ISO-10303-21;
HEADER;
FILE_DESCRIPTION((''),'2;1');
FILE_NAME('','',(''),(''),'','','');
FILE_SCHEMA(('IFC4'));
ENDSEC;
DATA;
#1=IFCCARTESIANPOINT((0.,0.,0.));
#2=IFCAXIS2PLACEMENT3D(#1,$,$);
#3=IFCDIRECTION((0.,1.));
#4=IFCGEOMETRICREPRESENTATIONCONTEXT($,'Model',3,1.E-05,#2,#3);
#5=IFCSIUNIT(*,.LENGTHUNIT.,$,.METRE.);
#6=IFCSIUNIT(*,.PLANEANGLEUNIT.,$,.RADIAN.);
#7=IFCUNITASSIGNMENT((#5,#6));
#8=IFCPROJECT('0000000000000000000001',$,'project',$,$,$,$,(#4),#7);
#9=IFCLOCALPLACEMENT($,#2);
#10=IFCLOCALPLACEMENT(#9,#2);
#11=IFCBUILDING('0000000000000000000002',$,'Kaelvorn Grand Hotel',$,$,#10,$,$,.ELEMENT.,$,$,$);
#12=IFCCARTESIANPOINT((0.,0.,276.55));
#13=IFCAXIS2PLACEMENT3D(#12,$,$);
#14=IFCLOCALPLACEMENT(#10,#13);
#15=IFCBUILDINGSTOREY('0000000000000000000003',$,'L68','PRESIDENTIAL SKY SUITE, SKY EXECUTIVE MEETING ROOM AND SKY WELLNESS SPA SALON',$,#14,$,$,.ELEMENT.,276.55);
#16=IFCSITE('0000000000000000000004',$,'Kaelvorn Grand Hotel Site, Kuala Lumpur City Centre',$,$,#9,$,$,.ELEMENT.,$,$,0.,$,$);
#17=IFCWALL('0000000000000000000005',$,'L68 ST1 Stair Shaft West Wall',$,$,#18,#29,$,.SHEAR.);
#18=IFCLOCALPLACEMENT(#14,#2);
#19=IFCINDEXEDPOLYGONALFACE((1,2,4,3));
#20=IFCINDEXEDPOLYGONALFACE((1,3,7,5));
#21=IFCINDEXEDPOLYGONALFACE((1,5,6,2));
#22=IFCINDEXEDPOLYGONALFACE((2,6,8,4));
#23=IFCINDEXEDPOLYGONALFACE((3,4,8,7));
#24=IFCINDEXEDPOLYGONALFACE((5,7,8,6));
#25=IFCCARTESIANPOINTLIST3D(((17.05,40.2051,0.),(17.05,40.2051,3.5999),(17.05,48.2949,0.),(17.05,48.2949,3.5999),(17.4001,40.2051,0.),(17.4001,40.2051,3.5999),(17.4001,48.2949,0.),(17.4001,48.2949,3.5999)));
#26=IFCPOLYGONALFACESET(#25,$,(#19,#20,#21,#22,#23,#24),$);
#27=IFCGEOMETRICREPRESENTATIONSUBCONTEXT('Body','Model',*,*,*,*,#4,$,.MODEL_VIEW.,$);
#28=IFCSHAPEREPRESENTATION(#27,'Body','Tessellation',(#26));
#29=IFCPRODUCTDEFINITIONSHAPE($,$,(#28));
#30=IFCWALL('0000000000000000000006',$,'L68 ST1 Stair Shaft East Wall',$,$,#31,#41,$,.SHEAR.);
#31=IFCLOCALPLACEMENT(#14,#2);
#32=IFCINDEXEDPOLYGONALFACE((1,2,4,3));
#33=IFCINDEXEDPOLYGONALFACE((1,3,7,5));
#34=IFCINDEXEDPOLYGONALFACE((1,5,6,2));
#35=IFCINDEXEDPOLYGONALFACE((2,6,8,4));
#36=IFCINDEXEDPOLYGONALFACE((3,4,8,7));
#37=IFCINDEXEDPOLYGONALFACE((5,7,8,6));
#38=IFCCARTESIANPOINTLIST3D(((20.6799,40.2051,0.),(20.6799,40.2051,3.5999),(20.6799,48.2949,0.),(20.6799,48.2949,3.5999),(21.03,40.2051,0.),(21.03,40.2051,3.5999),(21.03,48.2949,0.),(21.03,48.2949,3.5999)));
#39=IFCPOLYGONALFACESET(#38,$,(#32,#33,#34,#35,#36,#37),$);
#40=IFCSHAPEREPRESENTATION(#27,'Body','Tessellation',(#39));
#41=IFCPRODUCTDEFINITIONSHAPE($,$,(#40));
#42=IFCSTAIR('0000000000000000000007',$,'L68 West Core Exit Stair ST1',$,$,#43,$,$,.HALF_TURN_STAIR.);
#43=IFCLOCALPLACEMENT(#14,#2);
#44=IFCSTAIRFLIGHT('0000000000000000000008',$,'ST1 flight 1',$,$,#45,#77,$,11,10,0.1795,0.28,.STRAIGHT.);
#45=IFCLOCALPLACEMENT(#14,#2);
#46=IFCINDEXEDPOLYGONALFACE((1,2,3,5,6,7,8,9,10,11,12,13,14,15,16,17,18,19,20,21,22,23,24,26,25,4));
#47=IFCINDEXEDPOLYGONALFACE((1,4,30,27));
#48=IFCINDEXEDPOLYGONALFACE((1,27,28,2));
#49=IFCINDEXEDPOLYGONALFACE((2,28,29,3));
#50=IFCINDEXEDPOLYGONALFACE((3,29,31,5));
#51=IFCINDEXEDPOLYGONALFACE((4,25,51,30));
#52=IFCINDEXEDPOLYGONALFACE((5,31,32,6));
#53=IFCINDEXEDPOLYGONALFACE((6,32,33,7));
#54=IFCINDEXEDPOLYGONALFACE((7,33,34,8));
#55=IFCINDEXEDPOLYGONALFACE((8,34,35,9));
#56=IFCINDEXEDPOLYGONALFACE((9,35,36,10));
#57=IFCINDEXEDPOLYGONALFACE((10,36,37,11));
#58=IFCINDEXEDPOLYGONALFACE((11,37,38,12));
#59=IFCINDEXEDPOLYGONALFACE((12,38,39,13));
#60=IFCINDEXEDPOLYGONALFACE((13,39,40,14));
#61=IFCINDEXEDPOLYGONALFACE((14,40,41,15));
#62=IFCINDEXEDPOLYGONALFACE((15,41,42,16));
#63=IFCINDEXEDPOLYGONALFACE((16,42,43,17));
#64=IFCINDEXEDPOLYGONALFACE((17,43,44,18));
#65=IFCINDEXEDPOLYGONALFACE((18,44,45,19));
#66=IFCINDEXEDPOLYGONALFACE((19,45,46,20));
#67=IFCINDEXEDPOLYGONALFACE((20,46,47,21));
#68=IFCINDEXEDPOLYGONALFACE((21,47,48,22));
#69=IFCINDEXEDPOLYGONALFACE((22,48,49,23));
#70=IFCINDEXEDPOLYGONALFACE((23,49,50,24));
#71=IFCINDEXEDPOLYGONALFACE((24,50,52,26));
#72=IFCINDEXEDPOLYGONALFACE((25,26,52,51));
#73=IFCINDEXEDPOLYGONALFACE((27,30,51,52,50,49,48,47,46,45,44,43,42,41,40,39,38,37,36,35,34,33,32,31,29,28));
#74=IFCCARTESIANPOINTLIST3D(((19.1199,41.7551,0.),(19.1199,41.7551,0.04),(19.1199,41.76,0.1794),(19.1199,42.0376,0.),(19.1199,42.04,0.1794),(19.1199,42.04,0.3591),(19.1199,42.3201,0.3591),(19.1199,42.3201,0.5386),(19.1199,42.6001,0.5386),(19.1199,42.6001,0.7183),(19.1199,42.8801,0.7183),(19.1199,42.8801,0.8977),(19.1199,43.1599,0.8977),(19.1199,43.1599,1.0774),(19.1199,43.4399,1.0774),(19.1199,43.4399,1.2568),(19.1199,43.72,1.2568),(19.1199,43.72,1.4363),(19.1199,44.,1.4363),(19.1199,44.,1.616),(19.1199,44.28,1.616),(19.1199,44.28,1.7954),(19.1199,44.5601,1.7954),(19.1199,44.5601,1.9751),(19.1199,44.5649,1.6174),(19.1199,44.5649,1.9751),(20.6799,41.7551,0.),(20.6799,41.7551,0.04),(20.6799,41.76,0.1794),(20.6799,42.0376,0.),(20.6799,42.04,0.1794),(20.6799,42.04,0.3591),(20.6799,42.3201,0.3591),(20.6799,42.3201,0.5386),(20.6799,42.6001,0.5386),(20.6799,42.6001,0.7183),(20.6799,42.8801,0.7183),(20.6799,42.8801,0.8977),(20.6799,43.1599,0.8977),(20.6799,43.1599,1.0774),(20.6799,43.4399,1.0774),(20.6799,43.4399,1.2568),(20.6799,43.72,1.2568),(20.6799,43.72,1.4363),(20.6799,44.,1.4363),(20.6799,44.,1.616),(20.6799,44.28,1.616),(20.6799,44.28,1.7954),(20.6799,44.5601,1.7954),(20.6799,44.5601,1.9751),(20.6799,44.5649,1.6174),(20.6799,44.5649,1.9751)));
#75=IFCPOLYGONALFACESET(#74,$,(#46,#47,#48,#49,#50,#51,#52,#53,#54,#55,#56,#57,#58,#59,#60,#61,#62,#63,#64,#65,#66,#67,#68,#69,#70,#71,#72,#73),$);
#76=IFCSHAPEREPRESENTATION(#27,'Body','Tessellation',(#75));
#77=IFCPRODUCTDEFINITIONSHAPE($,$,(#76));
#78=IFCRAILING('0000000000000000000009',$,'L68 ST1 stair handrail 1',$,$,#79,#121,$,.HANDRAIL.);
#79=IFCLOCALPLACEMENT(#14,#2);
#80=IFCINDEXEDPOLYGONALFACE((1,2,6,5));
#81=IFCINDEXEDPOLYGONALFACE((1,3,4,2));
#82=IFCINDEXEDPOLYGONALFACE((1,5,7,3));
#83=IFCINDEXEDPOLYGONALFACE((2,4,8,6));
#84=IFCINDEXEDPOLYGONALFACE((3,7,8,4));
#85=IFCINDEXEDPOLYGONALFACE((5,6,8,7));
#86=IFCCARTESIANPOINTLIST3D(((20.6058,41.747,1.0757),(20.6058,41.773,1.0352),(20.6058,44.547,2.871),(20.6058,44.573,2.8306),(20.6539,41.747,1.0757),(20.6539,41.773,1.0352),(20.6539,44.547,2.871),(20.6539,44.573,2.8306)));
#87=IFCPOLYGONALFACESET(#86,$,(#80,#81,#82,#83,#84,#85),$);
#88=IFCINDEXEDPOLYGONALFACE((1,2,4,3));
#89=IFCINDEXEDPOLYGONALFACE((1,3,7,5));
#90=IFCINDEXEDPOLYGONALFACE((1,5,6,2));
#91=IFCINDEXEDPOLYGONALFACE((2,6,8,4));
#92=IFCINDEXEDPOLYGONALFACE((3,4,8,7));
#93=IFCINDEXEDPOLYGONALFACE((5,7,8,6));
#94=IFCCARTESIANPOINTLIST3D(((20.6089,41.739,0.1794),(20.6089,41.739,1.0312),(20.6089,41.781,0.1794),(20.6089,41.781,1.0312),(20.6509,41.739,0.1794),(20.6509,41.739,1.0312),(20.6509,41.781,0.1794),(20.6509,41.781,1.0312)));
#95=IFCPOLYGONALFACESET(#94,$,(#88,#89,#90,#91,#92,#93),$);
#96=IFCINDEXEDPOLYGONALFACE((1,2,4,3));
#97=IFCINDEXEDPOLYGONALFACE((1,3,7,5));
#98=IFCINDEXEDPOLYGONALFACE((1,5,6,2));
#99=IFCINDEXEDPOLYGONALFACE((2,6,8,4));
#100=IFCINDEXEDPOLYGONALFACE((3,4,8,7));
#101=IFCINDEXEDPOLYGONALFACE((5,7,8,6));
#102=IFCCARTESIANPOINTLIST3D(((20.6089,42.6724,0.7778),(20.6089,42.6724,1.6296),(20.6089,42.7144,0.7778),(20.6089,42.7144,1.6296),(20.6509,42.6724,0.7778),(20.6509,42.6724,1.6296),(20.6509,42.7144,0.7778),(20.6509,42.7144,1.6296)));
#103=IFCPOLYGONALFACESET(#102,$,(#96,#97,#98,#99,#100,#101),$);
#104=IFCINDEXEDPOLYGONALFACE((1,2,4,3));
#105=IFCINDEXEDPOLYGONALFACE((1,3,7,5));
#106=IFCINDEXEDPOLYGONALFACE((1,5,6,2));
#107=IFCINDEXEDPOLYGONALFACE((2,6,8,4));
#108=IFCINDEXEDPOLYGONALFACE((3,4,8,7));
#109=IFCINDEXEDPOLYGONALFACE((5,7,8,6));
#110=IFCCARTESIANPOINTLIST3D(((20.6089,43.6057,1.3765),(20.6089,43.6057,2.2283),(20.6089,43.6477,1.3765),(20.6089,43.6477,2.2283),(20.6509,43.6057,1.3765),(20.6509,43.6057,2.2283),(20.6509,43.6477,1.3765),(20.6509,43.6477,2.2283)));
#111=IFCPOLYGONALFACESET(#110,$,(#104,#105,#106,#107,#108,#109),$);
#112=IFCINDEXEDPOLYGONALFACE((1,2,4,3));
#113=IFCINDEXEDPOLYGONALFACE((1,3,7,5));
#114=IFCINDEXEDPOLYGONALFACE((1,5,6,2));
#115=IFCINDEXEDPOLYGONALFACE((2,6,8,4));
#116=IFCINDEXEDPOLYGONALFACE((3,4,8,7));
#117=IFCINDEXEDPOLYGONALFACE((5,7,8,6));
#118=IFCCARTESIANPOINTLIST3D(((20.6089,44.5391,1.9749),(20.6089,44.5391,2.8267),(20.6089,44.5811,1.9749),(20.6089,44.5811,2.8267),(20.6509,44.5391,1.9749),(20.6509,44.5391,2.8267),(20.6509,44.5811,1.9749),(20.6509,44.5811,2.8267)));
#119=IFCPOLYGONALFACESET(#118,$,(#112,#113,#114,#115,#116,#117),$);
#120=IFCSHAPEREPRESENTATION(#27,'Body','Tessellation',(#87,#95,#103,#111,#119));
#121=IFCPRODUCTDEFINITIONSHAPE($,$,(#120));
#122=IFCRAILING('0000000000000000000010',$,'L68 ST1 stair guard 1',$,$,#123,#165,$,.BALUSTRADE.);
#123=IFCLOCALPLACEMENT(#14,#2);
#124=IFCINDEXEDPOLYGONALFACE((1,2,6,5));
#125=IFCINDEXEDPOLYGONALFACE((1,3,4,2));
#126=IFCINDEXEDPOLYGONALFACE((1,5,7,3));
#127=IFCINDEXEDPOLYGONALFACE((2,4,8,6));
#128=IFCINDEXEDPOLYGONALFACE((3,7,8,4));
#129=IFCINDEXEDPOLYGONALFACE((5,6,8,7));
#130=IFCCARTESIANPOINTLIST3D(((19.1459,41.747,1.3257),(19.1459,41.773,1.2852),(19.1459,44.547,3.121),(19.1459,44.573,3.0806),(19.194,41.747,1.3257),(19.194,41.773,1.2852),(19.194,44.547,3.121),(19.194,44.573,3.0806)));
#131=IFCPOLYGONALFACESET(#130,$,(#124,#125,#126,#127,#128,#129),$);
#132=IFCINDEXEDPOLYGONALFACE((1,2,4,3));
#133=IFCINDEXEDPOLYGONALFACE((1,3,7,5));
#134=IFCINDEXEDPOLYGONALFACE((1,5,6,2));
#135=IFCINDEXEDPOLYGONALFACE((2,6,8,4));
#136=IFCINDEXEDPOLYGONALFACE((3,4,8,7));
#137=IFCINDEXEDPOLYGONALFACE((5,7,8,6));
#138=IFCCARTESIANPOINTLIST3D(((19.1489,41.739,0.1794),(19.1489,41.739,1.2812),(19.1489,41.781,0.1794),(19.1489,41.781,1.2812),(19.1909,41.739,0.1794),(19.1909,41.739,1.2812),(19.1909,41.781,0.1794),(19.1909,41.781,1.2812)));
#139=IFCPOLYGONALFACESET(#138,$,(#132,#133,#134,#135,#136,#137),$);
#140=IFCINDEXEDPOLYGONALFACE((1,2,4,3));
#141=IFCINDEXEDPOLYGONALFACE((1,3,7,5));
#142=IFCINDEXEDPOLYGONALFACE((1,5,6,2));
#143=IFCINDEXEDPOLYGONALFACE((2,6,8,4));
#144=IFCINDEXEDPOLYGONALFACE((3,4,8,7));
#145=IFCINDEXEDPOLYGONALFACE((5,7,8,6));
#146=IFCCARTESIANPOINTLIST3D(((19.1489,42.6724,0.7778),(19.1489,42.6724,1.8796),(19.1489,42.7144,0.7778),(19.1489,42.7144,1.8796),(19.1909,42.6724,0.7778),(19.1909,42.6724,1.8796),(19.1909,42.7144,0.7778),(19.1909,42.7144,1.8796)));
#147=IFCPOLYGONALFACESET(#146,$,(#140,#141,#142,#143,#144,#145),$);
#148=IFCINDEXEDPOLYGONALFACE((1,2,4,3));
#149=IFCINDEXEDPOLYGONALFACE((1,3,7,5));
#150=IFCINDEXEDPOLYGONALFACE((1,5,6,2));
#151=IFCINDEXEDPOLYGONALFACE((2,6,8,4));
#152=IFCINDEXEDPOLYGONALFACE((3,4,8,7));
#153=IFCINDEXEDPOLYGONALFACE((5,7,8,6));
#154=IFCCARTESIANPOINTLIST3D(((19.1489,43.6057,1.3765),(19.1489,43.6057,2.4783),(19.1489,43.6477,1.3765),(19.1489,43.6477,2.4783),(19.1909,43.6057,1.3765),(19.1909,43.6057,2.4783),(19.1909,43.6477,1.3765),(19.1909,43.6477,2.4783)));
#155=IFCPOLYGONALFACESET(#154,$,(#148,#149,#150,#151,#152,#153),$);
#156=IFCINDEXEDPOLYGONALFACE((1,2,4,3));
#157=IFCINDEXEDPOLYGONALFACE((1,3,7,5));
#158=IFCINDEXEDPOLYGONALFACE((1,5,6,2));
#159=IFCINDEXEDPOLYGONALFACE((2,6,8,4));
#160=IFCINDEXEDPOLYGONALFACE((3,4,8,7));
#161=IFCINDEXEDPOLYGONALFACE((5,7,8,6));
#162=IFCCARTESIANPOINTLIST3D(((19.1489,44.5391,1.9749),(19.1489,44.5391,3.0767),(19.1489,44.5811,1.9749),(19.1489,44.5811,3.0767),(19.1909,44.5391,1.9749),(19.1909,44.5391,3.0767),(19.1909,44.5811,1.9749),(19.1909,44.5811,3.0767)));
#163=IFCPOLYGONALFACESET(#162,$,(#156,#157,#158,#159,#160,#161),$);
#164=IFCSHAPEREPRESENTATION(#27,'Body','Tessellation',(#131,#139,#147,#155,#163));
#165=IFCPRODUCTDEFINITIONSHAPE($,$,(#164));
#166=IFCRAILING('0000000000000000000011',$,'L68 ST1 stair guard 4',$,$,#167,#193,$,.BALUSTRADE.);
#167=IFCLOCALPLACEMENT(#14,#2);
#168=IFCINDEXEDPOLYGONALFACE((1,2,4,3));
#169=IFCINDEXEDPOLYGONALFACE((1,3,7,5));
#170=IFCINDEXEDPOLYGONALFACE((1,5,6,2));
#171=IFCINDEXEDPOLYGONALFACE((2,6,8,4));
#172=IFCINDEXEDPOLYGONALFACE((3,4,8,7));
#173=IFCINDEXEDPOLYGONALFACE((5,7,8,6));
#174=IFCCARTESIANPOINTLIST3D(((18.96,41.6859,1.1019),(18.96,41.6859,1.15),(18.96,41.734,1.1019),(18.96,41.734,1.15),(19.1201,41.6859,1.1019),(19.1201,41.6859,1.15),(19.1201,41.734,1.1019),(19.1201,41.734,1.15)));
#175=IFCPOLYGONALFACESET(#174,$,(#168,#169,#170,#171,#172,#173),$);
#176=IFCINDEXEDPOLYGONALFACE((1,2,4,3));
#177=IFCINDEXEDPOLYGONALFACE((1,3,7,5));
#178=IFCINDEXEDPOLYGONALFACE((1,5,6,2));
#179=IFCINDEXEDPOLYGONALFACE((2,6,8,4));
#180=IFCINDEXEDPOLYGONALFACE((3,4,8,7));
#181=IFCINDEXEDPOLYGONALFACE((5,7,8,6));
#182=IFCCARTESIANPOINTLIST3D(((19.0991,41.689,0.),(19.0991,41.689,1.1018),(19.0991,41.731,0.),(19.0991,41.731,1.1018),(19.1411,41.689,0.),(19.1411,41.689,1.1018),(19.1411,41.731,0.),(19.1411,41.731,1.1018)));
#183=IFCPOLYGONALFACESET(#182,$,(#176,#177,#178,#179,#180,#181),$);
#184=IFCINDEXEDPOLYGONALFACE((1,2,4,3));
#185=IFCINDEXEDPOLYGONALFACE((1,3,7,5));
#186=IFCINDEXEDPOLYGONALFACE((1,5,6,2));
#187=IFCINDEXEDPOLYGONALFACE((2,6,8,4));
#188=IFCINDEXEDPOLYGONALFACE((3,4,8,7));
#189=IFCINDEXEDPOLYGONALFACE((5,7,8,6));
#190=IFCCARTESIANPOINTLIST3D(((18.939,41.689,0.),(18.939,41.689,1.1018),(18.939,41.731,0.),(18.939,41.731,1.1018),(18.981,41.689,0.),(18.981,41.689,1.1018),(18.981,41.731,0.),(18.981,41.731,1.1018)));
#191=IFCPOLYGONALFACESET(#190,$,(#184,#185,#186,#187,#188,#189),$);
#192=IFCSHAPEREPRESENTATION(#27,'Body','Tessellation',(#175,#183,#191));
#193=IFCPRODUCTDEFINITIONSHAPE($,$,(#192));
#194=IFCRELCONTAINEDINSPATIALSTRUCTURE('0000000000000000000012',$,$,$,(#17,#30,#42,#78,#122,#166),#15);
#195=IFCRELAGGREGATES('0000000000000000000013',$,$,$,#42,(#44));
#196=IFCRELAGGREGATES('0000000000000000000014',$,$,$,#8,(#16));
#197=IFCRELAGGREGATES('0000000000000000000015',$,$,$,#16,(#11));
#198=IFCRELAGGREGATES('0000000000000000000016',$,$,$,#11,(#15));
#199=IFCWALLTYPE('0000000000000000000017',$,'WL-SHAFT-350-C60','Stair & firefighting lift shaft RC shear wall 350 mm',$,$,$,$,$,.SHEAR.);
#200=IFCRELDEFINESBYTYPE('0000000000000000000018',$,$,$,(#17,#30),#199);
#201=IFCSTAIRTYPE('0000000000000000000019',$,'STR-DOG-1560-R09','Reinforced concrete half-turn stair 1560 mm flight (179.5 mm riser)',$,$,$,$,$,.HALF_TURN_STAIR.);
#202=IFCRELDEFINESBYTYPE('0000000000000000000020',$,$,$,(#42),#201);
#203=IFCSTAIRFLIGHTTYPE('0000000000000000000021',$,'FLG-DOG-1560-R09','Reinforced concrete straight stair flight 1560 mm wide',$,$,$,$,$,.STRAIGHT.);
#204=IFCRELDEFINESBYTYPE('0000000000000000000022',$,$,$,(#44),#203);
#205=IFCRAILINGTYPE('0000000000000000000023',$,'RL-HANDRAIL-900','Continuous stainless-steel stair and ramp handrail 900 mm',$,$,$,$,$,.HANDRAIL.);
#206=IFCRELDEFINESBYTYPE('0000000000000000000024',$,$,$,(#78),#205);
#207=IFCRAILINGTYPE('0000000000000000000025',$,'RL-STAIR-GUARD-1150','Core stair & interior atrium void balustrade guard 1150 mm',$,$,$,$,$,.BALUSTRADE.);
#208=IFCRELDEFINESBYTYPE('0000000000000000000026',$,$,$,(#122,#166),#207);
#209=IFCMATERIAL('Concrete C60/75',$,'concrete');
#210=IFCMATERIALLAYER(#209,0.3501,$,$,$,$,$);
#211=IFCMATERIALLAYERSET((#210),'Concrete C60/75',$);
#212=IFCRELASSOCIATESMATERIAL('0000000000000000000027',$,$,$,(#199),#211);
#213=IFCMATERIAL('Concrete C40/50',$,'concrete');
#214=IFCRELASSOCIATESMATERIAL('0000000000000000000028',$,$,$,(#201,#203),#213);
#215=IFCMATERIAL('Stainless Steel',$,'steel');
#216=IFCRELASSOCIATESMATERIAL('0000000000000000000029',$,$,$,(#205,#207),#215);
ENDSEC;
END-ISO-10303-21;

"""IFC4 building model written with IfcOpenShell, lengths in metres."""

from ifc_helpers import new_model, si_unit, direction, frame, frame_2d, origin, origin_2d, place, context, subcontext, project, spatial, polyline, rectangle, outline, extrude, material, layer, layer_set, type_object, element, aggregate, save


model = new_model("IFC4")

# Units and contexts
model_context = context("Model", 3, precision=1e-05, world=origin(), true_north=direction((0.0, 1.0)))
body_context = subcontext(model_context, "Body", "Model", "MODEL_VIEW")
ifc_project = project(units=[si_unit("LENGTHUNIT", "METRE"), si_unit("PLANEANGLEUNIT", "RADIAN")], contexts=[model_context])

# Site, building, storey
site_placement = place(None, origin())
site = spatial("IfcSite", under=ifc_project, at=site_placement, Name="Kaelvorn Grand Hotel Site, Kuala Lumpur City Centre", CompositionType="ELEMENT", RefElevation=0.0)
building_placement = place(site_placement, origin())
building = spatial("IfcBuilding", under=site, at=building_placement, Name="Kaelvorn Grand Hotel", CompositionType="ELEMENT")
storey_placement = place(building_placement, frame((0.0, 0.0, 276.55)))
storey = spatial("IfcBuildingStorey", under=building, at=storey_placement, Name="L68", Description="PRESIDENTIAL SKY SUITE, SKY EXECUTIVE MEETING ROOM AND SKY WELLNESS SPA SALON", CompositionType="ELEMENT", Elevation=276.55)

# Shared definitions
ifc_material_1 = material(Name="Concrete C40/50", Category="concrete")

# Shared definitions
ifc_material_2 = material(Name="Stainless Steel", Category="steel")
ifc_material_3 = material(Name="Concrete C60/75", Category="concrete")
ifc_layer_1 = layer(ifc_material_3, 0.3501)
ifc_layer_set_1 = layer_set([ifc_layer_1], Name="Concrete C60/75")
wall_type_1 = type_object("IfcWallType", Name="WL-SHAFT-350-C60", Description="Stair & firefighting lift shaft RC shear wall 350 mm", PredefinedType="SHEAR", material=ifc_layer_set_1)

# Walls
for number, where, z_axis, x_axis, name in (
    (1, (17.2251, 40.2051, 0.0), (0.0, 0.0, 1.0), (0.0, 1.0, 0.0), "L68 ST1 Stair Shaft West Wall"),
    (2, (20.855, 40.2051, 0.0), (0.0, 0.0, 1.0), (0.0, 1.0, 0.0), "L68 ST1 Stair Shaft East Wall"),
):
    element("IfcWall", number, at=place(storey_placement, frame(where, z_axis=z_axis, x_axis=x_axis)), inside=storey, type_object=wall_type_1, Name=name, PredefinedType="SHEAR", context=body_context, shape_type="SweptSolid", body=[
        extrude(rectangle(XDim=8.0898, YDim=0.3501, at=frame_2d((4.0449, 0.0))), origin(), (0.0, 0.0, 1.0), 3.5999),
    ])

# Stair, stair flight
stair_type = type_object("IfcStairType", Name="STR-DOG-1560-R09", Description="Reinforced concrete half-turn stair 1560 mm flight (179.5 mm riser)", PredefinedType="HALF_TURN_STAIR", material=ifc_material_1)
stair_placement = place(storey_placement, origin())
stair = element("IfcStair", 3, at=stair_placement, inside=storey, type_object=stair_type, Name="L68 West Core Exit Stair ST1", PredefinedType="HALF_TURN_STAIR")
stair_flight_type = type_object("IfcStairFlightType", Name="FLG-DOG-1560-R09", Description="Reinforced concrete straight stair flight 1560 mm wide", PredefinedType="STRAIGHT", material=ifc_material_1)
stair_flight_placement = place(storey_placement, frame((19.8999, 41.76, 0.0), z_axis=(0.0, 0.0, 1.0), x_axis=(0.0, 1.0, 0.0)))
stair_flight = element("IfcStairFlight", 4, at=stair_flight_placement, type_object=stair_flight_type, Name="ST1 flight 1", NumberOfRisers=11, NumberOfTreads=10, PredefinedType="STRAIGHT", RiserHeight=0.1795, TreadLength=0.28, context=body_context, shape_type="SweptSolid", body=[
    extrude(outline(polyline([(-0.0049, 0.0), (-0.0049, 0.04), (0.0, 0.1794), (0.28, 0.1794), (0.28, 0.3591), (0.5601, 0.3591), (0.5601, 0.5386), (0.8401, 0.5386), (0.8401, 0.7183), (1.1201, 0.7183), (1.1201, 0.8977), (1.3999, 0.8977), (1.3999, 1.0774), (1.6799, 1.0774), (1.6799, 1.2568), (1.96, 1.2568), (1.96, 1.4363), (2.24, 1.4363), (2.24, 1.616), (2.52, 1.616), (2.52, 1.7954), (2.8, 1.7954), (2.8, 1.9751), (2.8049, 1.9751), (2.8049, 1.6174), (0.2776, 0.0), (-0.0049, 0.0)])), frame((0.0, 0.78, 0.0), z_axis=(0.0, -1.0, 0.0), x_axis=(1.0, 0.0, 0.0)), (0.0, 0.0, 1.0), 1.5601),
])
aggregate(stair, [stair_flight])

# Railings
railing_type_1 = type_object("IfcRailingType", Name="RL-HANDRAIL-900", Description="Continuous stainless-steel stair and ramp handrail 900 mm", PredefinedType="HANDRAIL", material=ifc_material_2)
railing_1_placement = place(storey_placement, frame((20.6299, 41.76, 0.1794)))
element("IfcRailing", 5, at=railing_1_placement, inside=storey, type_object=railing_type_1, Name="L68 ST1 stair handrail 1", PredefinedType="HANDRAIL", context=body_context, shape_type="SweptSolid", body=[
    extrude(rectangle(XDim=0.0481, YDim=0.0481, at=origin_2d()), frame((0.0, 0.0, 0.876), z_axis=(0.0, 0.84181, 0.539774), x_axis=(-1.0, 0.0, 0.0)), (0.0, 0.0, 1.0), 3.3262),
    extrude(rectangle(XDim=0.042, YDim=0.042, at=origin_2d()), origin(), (0.0, 0.0, 1.0), 0.8518),
    extrude(rectangle(XDim=0.042, YDim=0.042, at=origin_2d()), frame((0.0, 0.9333, 0.5984)), (0.0, 0.0, 1.0), 0.8518),
    extrude(rectangle(XDim=0.042, YDim=0.042, at=origin_2d()), frame((0.0, 1.8667, 1.197)), (0.0, 0.0, 1.0), 0.8518),
    extrude(rectangle(XDim=0.042, YDim=0.042, at=origin_2d()), frame((0.0, 2.8, 1.7954)), (0.0, 0.0, 1.0), 0.8518),
])
railing_type_2 = type_object("IfcRailingType", Name="RL-STAIR-GUARD-1150", Description="Core stair & interior atrium void balustrade guard 1150 mm", PredefinedType="BALUSTRADE", material=ifc_material_2)
railing_2_placement = place(storey_placement, frame((19.1699, 41.76, 0.1794)))
element("IfcRailing", 6, at=railing_2_placement, inside=storey, type_object=railing_type_2, Name="L68 ST1 stair guard 1", PredefinedType="BALUSTRADE", context=body_context, shape_type="SweptSolid", body=[
    extrude(rectangle(XDim=0.0481, YDim=0.0481, at=origin_2d()), frame((0.0, 0.0, 1.126), z_axis=(0.0, 0.84181, 0.539774), x_axis=(-1.0, 0.0, 0.0)), (0.0, 0.0, 1.0), 3.3262),
    extrude(rectangle(XDim=0.042, YDim=0.042, at=origin_2d()), origin(), (0.0, 0.0, 1.0), 1.1018),
    extrude(rectangle(XDim=0.042, YDim=0.042, at=origin_2d()), frame((0.0, 0.9333, 0.5984)), (0.0, 0.0, 1.0), 1.1018),
    extrude(rectangle(XDim=0.042, YDim=0.042, at=origin_2d()), frame((0.0, 1.8667, 1.197)), (0.0, 0.0, 1.0), 1.1018),
    extrude(rectangle(XDim=0.042, YDim=0.042, at=origin_2d()), frame((0.0, 2.8, 1.7954)), (0.0, 0.0, 1.0), 1.1018),
])
railing_3_placement = place(storey_placement, frame((19.1201, 41.71, 0.0)))
element("IfcRailing", 7, at=railing_3_placement, inside=storey, type_object=railing_type_2, Name="L68 ST1 stair guard 4", PredefinedType="BALUSTRADE", context=body_context, shape_type="SweptSolid", body=[
    extrude(rectangle(XDim=0.0481, YDim=0.0481, at=origin_2d()), frame((0.0, 0.0, 1.126), z_axis=(-1.0, 0.0, 0.0), x_axis=(0.0, -1.0, 0.0)), (0.0, 0.0, 1.0), 0.1602),
    extrude(rectangle(XDim=0.042, YDim=0.042, at=origin_2d()), origin(), (0.0, 0.0, 1.0), 1.1018),
    extrude(rectangle(XDim=0.042, YDim=0.042, at=origin_2d()), frame((-0.1602, 0.0, 0.0)), (0.0, 0.0, 1.0), 1.1018),
])

save(model, "model.ifc")
